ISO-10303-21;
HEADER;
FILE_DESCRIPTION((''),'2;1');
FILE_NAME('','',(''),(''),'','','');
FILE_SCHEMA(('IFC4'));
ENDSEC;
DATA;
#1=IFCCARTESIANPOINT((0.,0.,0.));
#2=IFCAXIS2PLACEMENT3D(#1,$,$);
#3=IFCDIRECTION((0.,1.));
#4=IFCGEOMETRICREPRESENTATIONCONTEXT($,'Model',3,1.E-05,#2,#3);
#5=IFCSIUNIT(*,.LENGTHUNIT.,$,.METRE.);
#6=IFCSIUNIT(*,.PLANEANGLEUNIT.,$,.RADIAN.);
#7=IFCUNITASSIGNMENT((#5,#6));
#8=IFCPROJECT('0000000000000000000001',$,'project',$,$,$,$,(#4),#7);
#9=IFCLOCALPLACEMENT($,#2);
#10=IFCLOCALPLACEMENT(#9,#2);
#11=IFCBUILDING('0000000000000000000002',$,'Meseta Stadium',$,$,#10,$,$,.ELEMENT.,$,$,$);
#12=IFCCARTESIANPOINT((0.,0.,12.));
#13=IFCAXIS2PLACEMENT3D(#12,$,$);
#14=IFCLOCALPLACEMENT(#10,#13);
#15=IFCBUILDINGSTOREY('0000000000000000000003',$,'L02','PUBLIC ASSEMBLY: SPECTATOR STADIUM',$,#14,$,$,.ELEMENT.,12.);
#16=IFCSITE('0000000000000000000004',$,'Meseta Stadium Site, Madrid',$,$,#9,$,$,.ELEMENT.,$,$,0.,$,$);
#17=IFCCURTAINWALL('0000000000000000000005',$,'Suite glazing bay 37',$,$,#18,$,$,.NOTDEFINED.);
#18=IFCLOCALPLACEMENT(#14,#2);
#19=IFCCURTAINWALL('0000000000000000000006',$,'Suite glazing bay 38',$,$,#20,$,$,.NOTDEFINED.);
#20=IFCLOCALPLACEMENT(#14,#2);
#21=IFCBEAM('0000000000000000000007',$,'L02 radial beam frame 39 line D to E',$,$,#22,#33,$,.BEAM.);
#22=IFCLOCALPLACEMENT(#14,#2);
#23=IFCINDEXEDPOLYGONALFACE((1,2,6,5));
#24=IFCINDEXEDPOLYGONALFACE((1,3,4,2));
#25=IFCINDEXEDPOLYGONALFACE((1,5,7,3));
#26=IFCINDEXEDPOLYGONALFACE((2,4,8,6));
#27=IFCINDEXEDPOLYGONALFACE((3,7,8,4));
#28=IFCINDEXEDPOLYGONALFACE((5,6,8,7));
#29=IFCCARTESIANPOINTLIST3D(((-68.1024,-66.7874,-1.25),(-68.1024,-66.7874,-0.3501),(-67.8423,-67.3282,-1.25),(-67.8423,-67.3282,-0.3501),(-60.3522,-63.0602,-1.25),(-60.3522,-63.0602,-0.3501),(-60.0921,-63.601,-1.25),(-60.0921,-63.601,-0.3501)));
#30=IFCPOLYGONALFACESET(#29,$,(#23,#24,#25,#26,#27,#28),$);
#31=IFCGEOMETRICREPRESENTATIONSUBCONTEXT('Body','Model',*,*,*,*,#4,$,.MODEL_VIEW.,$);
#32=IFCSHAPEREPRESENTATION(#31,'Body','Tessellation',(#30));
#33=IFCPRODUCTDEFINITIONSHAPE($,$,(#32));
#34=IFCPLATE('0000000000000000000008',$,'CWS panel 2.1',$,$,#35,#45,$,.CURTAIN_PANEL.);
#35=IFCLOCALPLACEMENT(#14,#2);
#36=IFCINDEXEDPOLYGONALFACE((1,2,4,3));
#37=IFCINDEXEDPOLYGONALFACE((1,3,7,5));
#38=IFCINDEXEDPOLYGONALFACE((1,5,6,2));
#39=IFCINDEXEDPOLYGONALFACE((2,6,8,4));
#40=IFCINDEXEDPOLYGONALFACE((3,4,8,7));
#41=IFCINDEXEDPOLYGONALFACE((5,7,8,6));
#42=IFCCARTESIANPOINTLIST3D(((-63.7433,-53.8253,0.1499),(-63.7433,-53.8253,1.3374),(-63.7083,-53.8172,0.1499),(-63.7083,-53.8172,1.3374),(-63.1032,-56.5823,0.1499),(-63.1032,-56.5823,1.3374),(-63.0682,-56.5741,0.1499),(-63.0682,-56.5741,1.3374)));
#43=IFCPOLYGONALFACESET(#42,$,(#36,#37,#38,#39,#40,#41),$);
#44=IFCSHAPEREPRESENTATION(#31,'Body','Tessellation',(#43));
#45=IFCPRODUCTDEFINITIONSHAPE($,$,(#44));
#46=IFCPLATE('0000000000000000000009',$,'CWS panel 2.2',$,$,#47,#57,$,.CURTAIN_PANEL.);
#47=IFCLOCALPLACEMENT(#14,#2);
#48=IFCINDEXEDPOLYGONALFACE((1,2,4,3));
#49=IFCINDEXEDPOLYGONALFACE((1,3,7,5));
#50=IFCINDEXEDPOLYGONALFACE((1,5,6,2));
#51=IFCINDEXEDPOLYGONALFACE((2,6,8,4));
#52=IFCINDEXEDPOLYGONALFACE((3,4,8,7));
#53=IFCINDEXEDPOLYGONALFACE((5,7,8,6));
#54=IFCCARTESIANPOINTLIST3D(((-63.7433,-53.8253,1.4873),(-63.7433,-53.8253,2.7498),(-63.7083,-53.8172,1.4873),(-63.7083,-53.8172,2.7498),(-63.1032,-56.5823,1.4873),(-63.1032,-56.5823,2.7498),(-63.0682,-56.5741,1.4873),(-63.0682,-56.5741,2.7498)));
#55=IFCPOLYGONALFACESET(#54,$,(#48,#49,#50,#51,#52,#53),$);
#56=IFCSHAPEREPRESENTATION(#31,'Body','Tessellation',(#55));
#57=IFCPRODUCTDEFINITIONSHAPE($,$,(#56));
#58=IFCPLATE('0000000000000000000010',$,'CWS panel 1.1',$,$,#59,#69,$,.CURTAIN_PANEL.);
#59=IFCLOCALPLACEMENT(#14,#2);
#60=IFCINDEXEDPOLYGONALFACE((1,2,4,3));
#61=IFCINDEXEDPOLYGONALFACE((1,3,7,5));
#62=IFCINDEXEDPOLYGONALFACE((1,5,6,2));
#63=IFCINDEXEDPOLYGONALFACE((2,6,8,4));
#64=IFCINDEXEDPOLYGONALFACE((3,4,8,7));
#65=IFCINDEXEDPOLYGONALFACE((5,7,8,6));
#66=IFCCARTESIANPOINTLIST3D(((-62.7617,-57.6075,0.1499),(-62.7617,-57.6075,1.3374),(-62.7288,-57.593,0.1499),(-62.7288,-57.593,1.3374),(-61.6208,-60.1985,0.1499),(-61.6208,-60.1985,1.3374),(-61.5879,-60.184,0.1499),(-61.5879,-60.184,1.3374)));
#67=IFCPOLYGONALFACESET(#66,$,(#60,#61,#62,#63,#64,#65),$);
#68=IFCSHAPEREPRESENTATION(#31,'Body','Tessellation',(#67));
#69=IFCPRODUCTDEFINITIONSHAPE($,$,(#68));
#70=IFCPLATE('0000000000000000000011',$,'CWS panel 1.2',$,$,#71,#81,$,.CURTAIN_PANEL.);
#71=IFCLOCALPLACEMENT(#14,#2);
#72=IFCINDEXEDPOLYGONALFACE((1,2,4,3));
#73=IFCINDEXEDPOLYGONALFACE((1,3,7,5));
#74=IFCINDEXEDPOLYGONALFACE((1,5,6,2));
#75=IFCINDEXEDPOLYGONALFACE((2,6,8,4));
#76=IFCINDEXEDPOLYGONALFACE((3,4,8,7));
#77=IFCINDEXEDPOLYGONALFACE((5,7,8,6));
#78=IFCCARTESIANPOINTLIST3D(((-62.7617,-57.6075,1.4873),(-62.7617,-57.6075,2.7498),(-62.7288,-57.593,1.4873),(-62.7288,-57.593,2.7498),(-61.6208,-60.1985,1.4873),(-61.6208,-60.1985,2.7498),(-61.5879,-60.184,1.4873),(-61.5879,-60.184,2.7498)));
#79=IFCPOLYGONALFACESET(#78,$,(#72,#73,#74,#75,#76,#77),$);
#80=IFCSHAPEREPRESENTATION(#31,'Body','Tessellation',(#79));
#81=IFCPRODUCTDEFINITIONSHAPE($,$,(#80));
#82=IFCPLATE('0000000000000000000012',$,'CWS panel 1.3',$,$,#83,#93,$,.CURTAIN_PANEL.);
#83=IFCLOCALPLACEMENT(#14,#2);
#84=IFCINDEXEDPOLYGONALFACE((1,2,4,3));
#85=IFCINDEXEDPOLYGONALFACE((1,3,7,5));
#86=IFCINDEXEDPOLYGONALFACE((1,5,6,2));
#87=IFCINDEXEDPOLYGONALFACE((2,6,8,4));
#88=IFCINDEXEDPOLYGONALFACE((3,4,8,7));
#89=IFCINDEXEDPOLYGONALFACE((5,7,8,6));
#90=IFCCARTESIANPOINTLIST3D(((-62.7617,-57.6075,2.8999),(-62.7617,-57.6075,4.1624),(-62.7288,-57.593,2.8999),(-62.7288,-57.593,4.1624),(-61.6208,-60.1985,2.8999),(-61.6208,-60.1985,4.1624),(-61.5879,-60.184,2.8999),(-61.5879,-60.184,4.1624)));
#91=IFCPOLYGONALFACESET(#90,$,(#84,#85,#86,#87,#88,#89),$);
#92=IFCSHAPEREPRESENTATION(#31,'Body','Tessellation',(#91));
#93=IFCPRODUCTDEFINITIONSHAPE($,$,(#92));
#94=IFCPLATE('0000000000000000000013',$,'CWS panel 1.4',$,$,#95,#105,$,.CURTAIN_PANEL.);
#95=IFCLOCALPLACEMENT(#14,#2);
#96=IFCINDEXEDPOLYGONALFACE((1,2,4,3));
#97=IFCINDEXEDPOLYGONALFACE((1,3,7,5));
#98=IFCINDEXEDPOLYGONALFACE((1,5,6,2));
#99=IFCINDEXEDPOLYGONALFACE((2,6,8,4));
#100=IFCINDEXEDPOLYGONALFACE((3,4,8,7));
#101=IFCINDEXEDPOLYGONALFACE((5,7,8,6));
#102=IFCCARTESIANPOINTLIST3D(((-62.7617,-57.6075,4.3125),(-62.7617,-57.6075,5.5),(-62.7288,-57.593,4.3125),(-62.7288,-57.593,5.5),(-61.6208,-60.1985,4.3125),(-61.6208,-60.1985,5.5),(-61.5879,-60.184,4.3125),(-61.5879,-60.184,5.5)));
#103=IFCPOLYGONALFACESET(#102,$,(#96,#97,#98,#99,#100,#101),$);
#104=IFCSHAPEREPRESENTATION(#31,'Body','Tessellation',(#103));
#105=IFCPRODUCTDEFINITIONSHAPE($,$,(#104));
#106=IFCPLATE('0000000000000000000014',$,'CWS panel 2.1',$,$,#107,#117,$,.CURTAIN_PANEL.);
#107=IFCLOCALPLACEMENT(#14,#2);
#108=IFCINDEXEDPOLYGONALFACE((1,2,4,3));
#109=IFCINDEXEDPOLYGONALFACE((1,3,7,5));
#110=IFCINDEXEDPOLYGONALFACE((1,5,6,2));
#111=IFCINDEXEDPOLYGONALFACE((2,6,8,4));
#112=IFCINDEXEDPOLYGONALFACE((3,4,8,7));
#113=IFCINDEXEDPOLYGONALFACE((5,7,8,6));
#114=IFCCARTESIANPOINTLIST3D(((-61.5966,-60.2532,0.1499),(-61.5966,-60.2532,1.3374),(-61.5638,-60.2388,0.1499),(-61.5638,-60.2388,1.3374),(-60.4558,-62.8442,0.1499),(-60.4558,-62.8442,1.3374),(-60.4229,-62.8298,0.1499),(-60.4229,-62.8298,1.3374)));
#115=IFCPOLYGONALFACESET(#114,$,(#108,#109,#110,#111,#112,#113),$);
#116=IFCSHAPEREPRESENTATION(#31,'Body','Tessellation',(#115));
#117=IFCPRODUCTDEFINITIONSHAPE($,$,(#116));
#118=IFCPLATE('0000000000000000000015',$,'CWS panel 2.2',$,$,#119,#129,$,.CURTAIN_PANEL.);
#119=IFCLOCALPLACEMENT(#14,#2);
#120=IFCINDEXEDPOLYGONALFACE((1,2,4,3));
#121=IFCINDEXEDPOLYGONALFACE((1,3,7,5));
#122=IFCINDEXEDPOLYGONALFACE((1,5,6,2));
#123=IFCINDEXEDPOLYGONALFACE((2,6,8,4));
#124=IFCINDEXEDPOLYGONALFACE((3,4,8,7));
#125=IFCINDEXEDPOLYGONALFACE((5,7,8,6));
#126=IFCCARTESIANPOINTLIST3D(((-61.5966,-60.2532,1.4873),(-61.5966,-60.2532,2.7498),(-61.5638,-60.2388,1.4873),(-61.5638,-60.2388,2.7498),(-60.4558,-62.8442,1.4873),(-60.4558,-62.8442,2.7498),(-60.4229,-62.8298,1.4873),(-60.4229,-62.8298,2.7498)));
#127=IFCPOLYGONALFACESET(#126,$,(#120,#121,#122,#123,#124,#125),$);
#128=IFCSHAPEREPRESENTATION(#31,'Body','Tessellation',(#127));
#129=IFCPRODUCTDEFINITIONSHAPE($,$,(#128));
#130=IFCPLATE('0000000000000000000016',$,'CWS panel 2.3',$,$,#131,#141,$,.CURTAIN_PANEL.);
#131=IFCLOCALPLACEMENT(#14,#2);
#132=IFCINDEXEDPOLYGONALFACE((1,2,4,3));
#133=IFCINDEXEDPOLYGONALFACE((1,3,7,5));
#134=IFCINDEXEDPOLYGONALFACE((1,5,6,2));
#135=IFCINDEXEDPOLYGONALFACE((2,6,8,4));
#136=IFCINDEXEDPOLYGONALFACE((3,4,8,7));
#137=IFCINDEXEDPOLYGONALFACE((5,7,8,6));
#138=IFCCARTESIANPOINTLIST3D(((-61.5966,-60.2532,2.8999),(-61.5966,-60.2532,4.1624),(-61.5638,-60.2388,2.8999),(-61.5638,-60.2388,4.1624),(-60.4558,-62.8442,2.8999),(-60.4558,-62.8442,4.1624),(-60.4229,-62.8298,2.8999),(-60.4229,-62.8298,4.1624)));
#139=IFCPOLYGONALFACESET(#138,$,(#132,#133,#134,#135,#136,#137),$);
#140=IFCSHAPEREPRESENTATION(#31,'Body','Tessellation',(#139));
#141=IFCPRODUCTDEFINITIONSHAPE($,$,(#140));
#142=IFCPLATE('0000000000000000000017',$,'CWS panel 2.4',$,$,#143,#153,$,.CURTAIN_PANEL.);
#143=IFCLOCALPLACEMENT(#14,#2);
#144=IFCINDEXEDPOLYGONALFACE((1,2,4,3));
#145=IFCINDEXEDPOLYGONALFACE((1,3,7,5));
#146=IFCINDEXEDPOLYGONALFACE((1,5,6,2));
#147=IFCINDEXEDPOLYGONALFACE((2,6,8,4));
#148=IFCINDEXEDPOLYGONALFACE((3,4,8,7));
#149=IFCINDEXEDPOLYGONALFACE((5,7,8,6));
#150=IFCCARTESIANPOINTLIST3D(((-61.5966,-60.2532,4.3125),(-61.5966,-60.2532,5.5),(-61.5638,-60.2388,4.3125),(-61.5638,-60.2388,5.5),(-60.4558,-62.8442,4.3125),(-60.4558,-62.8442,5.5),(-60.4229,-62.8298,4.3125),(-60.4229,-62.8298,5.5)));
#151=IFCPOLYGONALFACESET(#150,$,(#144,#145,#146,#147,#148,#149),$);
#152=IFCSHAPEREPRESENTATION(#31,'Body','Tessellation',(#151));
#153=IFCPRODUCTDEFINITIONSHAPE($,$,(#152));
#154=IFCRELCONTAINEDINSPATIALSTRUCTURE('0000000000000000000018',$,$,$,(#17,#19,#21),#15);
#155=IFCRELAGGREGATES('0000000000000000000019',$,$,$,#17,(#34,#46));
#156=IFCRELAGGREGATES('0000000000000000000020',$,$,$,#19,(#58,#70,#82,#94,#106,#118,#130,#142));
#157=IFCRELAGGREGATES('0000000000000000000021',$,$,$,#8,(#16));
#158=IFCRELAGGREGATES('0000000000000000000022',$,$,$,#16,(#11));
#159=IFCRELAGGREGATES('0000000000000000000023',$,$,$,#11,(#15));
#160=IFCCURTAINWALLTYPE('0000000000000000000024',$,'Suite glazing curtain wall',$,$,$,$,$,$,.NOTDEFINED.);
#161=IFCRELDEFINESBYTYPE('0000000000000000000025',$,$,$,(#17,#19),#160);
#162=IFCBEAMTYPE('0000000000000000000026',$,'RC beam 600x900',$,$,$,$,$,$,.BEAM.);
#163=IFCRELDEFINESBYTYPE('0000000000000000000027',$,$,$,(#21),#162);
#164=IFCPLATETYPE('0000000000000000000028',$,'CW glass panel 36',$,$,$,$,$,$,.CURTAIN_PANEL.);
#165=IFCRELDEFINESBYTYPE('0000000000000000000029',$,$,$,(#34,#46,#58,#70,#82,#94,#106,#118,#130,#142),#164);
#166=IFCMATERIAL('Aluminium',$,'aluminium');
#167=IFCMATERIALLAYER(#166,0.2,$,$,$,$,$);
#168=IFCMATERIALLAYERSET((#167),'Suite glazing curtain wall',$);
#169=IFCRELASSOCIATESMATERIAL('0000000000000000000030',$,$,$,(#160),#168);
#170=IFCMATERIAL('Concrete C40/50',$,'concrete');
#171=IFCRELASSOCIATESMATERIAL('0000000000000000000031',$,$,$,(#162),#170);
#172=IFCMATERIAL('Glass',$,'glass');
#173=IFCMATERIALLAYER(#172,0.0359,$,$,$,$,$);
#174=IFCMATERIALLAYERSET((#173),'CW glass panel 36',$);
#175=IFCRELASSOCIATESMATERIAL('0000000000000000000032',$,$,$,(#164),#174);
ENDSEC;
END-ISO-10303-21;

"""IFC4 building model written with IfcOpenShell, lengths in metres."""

from ifc_helpers import new_model, si_unit, direction, frame, origin, origin_2d, place, context, subcontext, project, spatial, rectangle, extrude, material, layer, layer_set, material_profile, profile_set, type_object, element, aggregate, save


model = new_model("IFC4")

# Units and contexts
model_context = context("Model", 3, precision=1e-05, world=origin(), true_north=direction((0.0, 1.0)))
body_context = subcontext(model_context, "Body", "Model", "MODEL_VIEW")
ifc_project = project(units=[si_unit("LENGTHUNIT", "METRE"), si_unit("PLANEANGLEUNIT", "RADIAN")], contexts=[model_context])

# Site, building, storey
site_placement = place(None, origin())
site = spatial("IfcSite", under=ifc_project, at=site_placement, Name="Meseta Stadium Site, Madrid", CompositionType="ELEMENT", RefElevation=0.0)
building_placement = place(site_placement, origin())
building = spatial("IfcBuilding", under=site, at=building_placement, Name="Meseta Stadium", CompositionType="ELEMENT")
storey_placement = place(building_placement, frame((0.0, 0.0, 12.0)))
storey = spatial("IfcBuildingStorey", under=building, at=storey_placement, Name="L02", Description="PUBLIC ASSEMBLY: SPECTATOR STADIUM", CompositionType="ELEMENT", Elevation=12.0)

# Curtain wall
ifc_material_1 = material(Name="Aluminium", Category="aluminium")
ifc_layer_1 = layer(ifc_material_1, 0.2)
ifc_layer_set_1 = layer_set([ifc_layer_1], Name="Suite glazing curtain wall")
curtain_wall_type = type_object("IfcCurtainWallType", Name="Suite glazing curtain wall", PredefinedType="NOTDEFINED", material=ifc_layer_set_1)
curtain_wall_1_placement = place(storey_placement, origin())
curtain_wall_1 = element("IfcCurtainWall", 1, at=curtain_wall_1_placement, inside=storey, type_object=curtain_wall_type, Name="Suite glazing bay 37", PredefinedType="NOTDEFINED")

# Curtain wall
curtain_wall_2_placement = place(storey_placement, origin())
curtain_wall_2 = element("IfcCurtainWall", 2, at=curtain_wall_2_placement, inside=storey, type_object=curtain_wall_type, Name="Suite glazing bay 38", PredefinedType="NOTDEFINED")

# Beam
ifc_material_2 = material(Name="Concrete C40/50", Category="concrete")
ifc_material_profile_1 = material_profile(ifc_material_2, rectangle(XDim=0.6001, YDim=0.8999, at=origin_2d()), Name="RC 600x900")
ifc_profile_set_1 = profile_set([ifc_material_profile_1], Name="Concrete C40/50")
beam_type = type_object("IfcBeamType", Name="RC beam 600x900", PredefinedType="BEAM", material=ifc_profile_set_1)
for number, where, z_axis, x_axis, name in (
    (3, (-60.2222, -63.3306, -0.8), (-0.901197, -0.433409, 0.0), (0.433409, -0.901197, 0.0), "L02 radial beam frame 39 line D to E"),
):
    element("IfcBeam", number, at=place(storey_placement, frame(where, z_axis=z_axis, x_axis=x_axis)), inside=storey, type_object=beam_type, Name=name, PredefinedType="BEAM", context=body_context, shape_type="SweptSolid", body=[
        extrude(rectangle(XDim=0.6001, YDim=0.8999, at=origin_2d()), origin(), (0.0, 0.0, 1.0), 8.5999),
    ])

# Plates
ifc_material_3 = material(Name="Glass", Category="glass")
ifc_layer_2 = layer(ifc_material_3, 0.0359)
ifc_layer_set_2 = layer_set([ifc_layer_2], Name="CW glass panel 36")
plate_type = type_object("IfcPlateType", Name="CW glass panel 36", PredefinedType="CURTAIN_PANEL", material=ifc_layer_set_2)
plate_1_placement = place(storey_placement, frame((-63.4058, -55.1997, 0.1499), z_axis=(0.0, 0.0, 1.0), x_axis=(0.226148, -0.974093, 0.0)))
plate_1 = element("IfcPlate", 4, at=plate_1_placement, type_object=plate_type, Name="CWS panel 2.1", PredefinedType="CURTAIN_PANEL", context=body_context, shape_type="SweptSolid", body=[
    extrude(rectangle(XDim=2.8303, YDim=0.0359, at=origin_2d()), origin(), (0.0, 0.0, 1.0), 1.1875),
])
plate_2_placement = place(storey_placement, frame((-63.4058, -55.1997, 1.4873), z_axis=(0.0, 0.0, 1.0), x_axis=(0.226148, -0.974093, 0.0)))
plate_2 = element("IfcPlate", 5, at=plate_2_placement, type_object=plate_type, Name="CWS panel 2.2", PredefinedType="CURTAIN_PANEL", context=body_context, shape_type="SweptSolid", body=[
    extrude(rectangle(XDim=2.8303, YDim=0.0359, at=origin_2d()), origin(), (0.0, 0.0, 1.0), 1.2625),
])
aggregate(curtain_wall_1, [plate_1, plate_2])
plate_3_placement = place(storey_placement, frame((-62.1748, -58.8958, 0.1499), z_axis=(0.0, 0.0, 1.0), x_axis=(0.402983, -0.915207, 0.0)))
plate_3 = element("IfcPlate", 6, at=plate_3_placement, type_object=plate_type, Name="CWS panel 1.1", PredefinedType="CURTAIN_PANEL", context=body_context, shape_type="SweptSolid", body=[
    extrude(rectangle(XDim=2.8311, YDim=0.0359, at=origin_2d()), origin(), (0.0, 0.0, 1.0), 1.1875),
])
plate_4_placement = place(storey_placement, frame((-62.1748, -58.8958, 1.4873), z_axis=(0.0, 0.0, 1.0), x_axis=(0.402983, -0.915207, 0.0)))
plate_4 = element("IfcPlate", 7, at=plate_4_placement, type_object=plate_type, Name="CWS panel 1.2", PredefinedType="CURTAIN_PANEL", context=body_context, shape_type="SweptSolid", body=[
    extrude(rectangle(XDim=2.8311, YDim=0.0359, at=origin_2d()), origin(), (0.0, 0.0, 1.0), 1.2625),
])
plate_5_placement = place(storey_placement, frame((-62.1748, -58.8958, 2.8999), z_axis=(0.0, 0.0, 1.0), x_axis=(0.402983, -0.915207, 0.0)))
plate_5 = element("IfcPlate", 8, at=plate_5_placement, type_object=plate_type, Name="CWS panel 1.3", PredefinedType="CURTAIN_PANEL", context=body_context, shape_type="SweptSolid", body=[
    extrude(rectangle(XDim=2.8311, YDim=0.0359, at=origin_2d()), origin(), (0.0, 0.0, 1.0), 1.2625),
])
plate_6_placement = place(storey_placement, frame((-62.1748, -58.8958, 4.3125), z_axis=(0.0, 0.0, 1.0), x_axis=(0.402983, -0.915207, 0.0)))
plate_6 = element("IfcPlate", 9, at=plate_6_placement, type_object=plate_type, Name="CWS panel 1.4", PredefinedType="CURTAIN_PANEL", context=body_context, shape_type="SweptSolid", body=[
    extrude(rectangle(XDim=2.8311, YDim=0.0359, at=origin_2d()), origin(), (0.0, 0.0, 1.0), 1.1875),
])
plate_7_placement = place(storey_placement, frame((-61.0098, -61.5415, 0.1499), z_axis=(0.0, 0.0, 1.0), x_axis=(0.402983, -0.915207, 0.0)))
plate_7 = element("IfcPlate", 10, at=plate_7_placement, type_object=plate_type, Name="CWS panel 2.1", PredefinedType="CURTAIN_PANEL", context=body_context, shape_type="SweptSolid", body=[
    extrude(rectangle(XDim=2.8311, YDim=0.0359, at=origin_2d()), origin(), (0.0, 0.0, 1.0), 1.1875),
])
plate_8_placement = place(storey_placement, frame((-61.0098, -61.5415, 1.4873), z_axis=(0.0, 0.0, 1.0), x_axis=(0.402983, -0.915207, 0.0)))
plate_8 = element("IfcPlate", 11, at=plate_8_placement, type_object=plate_type, Name="CWS panel 2.2", PredefinedType="CURTAIN_PANEL", context=body_context, shape_type="SweptSolid", body=[
    extrude(rectangle(XDim=2.8311, YDim=0.0359, at=origin_2d()), origin(), (0.0, 0.0, 1.0), 1.2625),
])
plate_9_placement = place(storey_placement, frame((-61.0098, -61.5415, 2.8999), z_axis=(0.0, 0.0, 1.0), x_axis=(0.402983, -0.915207, 0.0)))
plate_9 = element("IfcPlate", 12, at=plate_9_placement, type_object=plate_type, Name="CWS panel 2.3", PredefinedType="CURTAIN_PANEL", context=body_context, shape_type="SweptSolid", body=[
    extrude(rectangle(XDim=2.8311, YDim=0.0359, at=origin_2d()), origin(), (0.0, 0.0, 1.0), 1.2625),
])
plate_10_placement = place(storey_placement, frame((-61.0098, -61.5415, 4.3125), z_axis=(0.0, 0.0, 1.0), x_axis=(0.402983, -0.915207, 0.0)))
plate_10 = element("IfcPlate", 13, at=plate_10_placement, type_object=plate_type, Name="CWS panel 2.4", PredefinedType="CURTAIN_PANEL", context=body_context, shape_type="SweptSolid", body=[
    extrude(rectangle(XDim=2.8311, YDim=0.0359, at=origin_2d()), origin(), (0.0, 0.0, 1.0), 1.1875),
])
aggregate(curtain_wall_2, [plate_3, plate_4, plate_5, plate_6, plate_7, plate_8, plate_9, plate_10])

save(model, "model.ifc")
